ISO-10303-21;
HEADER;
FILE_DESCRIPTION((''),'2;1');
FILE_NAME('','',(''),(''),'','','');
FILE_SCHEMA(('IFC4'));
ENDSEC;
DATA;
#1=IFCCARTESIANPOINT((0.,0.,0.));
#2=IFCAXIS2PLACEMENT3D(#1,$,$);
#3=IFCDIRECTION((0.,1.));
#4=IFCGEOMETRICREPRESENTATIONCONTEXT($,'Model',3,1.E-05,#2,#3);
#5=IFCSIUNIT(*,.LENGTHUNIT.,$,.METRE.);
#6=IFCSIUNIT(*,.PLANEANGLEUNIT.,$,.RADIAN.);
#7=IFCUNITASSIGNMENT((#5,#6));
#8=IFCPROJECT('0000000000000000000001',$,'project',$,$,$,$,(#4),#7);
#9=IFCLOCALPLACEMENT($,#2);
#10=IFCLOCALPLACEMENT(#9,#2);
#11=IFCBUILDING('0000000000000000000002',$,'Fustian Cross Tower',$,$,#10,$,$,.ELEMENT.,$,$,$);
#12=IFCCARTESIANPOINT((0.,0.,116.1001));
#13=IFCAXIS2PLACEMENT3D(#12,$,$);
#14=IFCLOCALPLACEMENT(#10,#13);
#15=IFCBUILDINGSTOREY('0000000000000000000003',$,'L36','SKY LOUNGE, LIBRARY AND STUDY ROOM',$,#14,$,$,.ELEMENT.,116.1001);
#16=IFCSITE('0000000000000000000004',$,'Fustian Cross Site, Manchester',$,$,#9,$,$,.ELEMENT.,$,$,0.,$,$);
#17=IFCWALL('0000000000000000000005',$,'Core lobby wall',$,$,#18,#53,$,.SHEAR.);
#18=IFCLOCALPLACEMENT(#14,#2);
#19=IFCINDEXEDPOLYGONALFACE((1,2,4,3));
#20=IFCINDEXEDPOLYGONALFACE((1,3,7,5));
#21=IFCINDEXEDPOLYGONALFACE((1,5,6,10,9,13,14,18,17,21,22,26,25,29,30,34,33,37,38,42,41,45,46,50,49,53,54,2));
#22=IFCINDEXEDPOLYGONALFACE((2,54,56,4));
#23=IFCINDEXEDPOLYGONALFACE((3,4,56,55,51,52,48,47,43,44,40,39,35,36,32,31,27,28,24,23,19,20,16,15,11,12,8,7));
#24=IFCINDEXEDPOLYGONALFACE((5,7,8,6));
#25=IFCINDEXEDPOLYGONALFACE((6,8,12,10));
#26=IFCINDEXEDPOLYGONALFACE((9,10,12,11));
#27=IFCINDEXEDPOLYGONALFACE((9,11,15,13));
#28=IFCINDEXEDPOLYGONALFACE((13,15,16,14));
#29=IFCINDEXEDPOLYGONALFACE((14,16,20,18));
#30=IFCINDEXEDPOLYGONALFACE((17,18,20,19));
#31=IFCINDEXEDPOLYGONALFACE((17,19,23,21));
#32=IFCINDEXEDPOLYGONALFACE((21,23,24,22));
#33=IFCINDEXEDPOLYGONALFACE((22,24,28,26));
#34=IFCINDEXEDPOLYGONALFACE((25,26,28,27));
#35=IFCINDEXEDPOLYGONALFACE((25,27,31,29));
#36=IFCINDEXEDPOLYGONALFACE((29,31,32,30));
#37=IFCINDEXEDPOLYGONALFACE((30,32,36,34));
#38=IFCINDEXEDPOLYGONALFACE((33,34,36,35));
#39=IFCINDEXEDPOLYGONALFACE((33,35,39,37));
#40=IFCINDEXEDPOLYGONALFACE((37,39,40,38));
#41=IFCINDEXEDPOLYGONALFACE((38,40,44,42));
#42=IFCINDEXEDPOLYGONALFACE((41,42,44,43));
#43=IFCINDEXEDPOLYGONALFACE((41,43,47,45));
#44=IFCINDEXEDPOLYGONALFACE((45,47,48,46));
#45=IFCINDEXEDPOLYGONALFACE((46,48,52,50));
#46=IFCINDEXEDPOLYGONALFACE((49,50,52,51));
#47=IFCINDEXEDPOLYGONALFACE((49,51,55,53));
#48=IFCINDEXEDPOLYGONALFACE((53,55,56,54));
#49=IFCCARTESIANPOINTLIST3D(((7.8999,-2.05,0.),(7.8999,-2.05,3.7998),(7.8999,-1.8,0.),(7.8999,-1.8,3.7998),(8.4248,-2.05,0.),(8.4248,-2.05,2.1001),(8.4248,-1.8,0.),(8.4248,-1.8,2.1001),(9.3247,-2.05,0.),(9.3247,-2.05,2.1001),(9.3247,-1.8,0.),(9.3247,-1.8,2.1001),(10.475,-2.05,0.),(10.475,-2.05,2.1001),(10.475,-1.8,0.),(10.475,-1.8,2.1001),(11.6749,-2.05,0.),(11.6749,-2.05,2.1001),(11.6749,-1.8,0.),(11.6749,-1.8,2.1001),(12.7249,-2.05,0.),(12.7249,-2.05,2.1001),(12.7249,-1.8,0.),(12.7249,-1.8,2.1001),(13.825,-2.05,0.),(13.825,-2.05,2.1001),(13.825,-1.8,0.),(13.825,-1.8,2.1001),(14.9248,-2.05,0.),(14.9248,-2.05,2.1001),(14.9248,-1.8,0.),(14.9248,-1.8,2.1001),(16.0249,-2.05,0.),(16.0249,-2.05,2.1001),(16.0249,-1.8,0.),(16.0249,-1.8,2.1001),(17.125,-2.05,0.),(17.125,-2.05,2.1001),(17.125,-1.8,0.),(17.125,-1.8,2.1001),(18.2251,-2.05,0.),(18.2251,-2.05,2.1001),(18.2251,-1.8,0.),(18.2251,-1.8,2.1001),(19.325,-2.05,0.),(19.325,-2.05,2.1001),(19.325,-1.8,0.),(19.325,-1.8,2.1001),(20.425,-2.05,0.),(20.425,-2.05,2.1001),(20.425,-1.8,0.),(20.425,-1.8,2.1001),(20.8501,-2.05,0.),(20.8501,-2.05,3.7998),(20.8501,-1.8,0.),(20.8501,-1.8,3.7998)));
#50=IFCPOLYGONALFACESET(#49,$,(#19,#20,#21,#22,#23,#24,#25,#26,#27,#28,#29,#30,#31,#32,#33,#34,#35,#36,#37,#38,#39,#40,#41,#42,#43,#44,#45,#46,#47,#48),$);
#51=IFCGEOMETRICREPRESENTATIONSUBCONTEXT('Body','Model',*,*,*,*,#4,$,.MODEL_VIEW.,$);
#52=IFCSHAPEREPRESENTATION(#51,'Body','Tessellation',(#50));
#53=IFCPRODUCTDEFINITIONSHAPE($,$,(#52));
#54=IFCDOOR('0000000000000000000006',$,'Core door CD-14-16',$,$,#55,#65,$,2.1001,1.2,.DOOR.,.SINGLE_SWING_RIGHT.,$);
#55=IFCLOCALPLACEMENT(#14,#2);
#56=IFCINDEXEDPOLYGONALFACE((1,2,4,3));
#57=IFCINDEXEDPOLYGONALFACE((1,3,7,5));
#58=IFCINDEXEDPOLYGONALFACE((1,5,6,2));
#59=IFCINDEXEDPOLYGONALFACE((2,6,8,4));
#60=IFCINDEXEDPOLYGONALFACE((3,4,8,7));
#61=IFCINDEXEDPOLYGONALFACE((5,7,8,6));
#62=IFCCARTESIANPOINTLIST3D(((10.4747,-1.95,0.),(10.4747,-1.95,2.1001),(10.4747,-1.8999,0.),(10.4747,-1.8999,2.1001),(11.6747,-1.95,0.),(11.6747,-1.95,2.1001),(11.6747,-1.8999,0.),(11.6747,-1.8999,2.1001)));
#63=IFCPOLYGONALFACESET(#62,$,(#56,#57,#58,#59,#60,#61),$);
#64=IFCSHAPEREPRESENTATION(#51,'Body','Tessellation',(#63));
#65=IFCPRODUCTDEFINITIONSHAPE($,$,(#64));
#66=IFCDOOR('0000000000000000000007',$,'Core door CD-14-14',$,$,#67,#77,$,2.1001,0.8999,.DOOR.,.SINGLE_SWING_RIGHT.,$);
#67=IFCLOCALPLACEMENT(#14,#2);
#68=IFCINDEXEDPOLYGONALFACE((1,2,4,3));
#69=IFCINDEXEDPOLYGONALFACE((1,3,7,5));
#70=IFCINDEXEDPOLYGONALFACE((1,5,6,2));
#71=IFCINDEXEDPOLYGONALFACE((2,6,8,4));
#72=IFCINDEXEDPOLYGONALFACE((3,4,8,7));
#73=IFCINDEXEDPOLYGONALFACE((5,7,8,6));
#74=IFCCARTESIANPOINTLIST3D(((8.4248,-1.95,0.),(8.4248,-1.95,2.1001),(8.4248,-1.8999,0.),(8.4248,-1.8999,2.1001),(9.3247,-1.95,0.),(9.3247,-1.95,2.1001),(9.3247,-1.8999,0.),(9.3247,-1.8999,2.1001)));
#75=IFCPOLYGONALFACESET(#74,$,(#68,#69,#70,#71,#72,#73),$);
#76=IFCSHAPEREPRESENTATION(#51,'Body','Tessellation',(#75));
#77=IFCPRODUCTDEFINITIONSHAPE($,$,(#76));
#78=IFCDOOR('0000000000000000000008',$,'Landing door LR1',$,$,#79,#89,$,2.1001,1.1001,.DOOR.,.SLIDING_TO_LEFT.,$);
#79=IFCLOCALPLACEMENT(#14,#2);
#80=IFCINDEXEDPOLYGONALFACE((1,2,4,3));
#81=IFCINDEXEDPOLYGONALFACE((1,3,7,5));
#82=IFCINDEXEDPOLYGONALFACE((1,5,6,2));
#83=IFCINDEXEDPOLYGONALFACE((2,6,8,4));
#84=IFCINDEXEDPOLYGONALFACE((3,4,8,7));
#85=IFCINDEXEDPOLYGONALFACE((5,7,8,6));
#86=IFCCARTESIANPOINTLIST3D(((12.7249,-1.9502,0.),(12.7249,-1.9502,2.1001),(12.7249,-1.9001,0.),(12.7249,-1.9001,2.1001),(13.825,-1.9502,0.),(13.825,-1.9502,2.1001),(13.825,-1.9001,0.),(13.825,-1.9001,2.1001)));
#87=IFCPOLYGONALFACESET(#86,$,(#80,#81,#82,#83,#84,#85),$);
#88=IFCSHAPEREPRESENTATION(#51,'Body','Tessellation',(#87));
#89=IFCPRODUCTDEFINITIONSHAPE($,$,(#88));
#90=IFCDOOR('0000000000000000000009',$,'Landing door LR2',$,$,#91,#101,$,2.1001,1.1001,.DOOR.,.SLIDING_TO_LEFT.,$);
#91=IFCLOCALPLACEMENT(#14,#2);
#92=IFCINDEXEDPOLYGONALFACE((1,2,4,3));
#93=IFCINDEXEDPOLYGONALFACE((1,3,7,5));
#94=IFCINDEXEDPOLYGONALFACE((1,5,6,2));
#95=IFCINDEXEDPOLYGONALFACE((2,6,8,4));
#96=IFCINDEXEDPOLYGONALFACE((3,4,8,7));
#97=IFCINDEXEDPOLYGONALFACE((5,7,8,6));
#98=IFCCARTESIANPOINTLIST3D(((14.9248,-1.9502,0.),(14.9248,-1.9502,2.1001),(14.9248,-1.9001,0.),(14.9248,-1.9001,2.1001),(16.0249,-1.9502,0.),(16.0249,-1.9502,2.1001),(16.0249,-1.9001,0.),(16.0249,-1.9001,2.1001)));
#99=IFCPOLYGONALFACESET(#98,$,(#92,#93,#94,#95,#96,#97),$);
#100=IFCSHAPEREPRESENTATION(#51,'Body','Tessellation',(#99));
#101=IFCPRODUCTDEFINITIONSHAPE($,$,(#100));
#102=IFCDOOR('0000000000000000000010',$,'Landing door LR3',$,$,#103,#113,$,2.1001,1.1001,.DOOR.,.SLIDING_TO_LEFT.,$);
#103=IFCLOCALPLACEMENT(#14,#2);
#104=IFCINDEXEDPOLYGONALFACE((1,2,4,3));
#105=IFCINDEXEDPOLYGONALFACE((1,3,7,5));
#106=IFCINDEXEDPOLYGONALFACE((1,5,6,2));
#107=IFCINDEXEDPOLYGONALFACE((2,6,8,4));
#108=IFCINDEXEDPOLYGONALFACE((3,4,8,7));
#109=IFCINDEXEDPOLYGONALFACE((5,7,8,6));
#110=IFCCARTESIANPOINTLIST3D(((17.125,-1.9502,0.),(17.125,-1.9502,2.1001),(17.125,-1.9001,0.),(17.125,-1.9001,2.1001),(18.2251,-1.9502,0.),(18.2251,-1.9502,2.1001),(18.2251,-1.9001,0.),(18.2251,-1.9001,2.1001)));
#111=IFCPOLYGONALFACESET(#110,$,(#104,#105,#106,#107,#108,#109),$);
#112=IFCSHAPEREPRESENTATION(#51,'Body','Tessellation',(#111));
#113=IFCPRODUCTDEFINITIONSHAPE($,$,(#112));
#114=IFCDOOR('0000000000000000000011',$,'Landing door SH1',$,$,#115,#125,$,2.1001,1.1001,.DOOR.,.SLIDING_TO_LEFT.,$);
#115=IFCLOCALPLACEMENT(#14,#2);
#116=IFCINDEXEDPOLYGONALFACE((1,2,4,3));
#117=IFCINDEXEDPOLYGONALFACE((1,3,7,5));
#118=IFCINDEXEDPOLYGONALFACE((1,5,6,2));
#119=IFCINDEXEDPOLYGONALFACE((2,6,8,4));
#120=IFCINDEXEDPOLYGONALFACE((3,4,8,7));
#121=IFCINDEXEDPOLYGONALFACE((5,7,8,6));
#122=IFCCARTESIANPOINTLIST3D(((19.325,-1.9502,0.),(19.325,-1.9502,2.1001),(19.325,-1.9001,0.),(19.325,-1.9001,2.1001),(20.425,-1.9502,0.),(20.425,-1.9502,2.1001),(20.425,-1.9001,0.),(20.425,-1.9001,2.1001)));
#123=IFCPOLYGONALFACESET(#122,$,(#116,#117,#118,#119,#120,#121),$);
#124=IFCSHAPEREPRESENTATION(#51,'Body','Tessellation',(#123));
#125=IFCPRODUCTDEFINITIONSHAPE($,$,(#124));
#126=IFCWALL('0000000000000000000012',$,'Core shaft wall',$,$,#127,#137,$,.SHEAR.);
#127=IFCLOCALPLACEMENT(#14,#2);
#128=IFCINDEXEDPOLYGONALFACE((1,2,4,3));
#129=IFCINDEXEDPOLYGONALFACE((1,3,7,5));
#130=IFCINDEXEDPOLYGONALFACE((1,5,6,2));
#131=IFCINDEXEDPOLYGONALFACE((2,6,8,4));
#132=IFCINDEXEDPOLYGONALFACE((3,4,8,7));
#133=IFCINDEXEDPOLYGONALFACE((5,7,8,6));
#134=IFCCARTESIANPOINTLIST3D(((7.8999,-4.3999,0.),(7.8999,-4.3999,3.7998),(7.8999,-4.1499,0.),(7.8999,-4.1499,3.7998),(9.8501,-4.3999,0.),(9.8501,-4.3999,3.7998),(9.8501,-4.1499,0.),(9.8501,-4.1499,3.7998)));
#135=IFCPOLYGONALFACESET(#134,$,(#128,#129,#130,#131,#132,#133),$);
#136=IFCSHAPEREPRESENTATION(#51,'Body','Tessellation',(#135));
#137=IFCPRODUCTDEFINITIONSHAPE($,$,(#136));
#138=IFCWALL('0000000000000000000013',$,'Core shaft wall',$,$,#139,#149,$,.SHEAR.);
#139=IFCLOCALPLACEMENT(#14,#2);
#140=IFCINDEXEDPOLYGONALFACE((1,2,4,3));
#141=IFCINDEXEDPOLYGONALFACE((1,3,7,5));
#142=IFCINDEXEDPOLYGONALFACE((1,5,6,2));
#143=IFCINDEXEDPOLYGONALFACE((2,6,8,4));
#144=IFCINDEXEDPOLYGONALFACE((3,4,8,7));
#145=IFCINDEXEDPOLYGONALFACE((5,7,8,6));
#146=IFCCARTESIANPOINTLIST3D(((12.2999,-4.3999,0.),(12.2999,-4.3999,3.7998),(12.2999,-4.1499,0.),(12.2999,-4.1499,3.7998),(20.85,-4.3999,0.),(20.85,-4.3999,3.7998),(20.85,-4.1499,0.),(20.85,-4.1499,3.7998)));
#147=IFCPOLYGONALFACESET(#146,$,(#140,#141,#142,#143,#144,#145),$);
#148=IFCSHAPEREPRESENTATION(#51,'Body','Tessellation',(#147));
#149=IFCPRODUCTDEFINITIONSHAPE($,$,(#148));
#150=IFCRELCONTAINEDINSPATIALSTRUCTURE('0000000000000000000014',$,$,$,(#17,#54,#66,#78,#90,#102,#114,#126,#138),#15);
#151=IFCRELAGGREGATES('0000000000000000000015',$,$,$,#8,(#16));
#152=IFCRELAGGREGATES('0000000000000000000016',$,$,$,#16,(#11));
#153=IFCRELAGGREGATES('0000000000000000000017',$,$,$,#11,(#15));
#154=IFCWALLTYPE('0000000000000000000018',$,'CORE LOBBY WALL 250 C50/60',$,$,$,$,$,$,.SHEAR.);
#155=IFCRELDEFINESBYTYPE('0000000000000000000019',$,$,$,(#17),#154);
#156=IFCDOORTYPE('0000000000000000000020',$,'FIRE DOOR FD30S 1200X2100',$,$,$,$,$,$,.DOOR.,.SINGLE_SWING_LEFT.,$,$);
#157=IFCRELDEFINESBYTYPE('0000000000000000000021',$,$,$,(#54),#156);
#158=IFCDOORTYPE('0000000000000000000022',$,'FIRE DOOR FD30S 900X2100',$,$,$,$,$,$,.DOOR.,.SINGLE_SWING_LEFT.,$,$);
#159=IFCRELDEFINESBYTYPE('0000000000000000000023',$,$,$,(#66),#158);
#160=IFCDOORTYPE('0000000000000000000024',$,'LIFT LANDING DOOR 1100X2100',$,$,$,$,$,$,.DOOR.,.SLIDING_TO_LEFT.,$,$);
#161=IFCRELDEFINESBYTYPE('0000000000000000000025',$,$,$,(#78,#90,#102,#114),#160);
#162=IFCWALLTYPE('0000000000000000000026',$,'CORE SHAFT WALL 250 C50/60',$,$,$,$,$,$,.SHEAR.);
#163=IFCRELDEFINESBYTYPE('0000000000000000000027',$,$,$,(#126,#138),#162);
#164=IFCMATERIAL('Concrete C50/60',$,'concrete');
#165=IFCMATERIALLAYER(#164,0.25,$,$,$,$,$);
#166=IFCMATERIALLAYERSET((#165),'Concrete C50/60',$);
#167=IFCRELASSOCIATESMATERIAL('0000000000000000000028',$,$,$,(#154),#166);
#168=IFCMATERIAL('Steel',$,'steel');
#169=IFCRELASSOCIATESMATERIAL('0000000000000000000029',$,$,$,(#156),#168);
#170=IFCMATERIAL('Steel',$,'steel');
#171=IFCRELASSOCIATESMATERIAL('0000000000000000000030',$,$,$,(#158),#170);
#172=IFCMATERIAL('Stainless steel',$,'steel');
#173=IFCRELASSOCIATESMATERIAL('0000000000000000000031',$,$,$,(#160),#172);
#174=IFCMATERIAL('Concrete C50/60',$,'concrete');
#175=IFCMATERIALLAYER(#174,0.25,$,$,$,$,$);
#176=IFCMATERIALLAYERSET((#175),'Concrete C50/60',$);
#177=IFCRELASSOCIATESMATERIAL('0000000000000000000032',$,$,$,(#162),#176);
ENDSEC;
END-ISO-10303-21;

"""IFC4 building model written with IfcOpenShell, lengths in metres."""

from ifc_helpers import new_model, si_unit, direction, frame, frame_2d, origin, place, context, subcontext, project, spatial, rectangle, extrude, material, layer, layer_set, type_object, element, fill, save


model = new_model("IFC4")

# Units and contexts
model_context = context("Model", 3, precision=1e-05, world=origin(), true_north=direction((0.0, 1.0)))
body_context = subcontext(model_context, "Body", "Model", "MODEL_VIEW")
ifc_project = project(units=[si_unit("LENGTHUNIT", "METRE"), si_unit("PLANEANGLEUNIT", "RADIAN")], contexts=[model_context])

# Site, building, storey
site_placement = place(None, origin())
site = spatial("IfcSite", under=ifc_project, at=site_placement, Name="Fustian Cross Site, Manchester", CompositionType="ELEMENT", RefElevation=0.0)
building_placement = place(site_placement, origin())
building = spatial("IfcBuilding", under=site, at=building_placement, Name="Fustian Cross Tower", CompositionType="ELEMENT")
storey_placement = place(building_placement, frame((0.0, 0.0, 116.1001)))
storey = spatial("IfcBuildingStorey", under=building, at=storey_placement, Name="L36", Description="SKY LOUNGE, LIBRARY AND STUDY ROOM", CompositionType="ELEMENT", Elevation=116.1001)

# Wall, openings, doors
ifc_material_1 = material(Name="Concrete C50/60", Category="concrete")
ifc_layer_1 = layer(ifc_material_1, 0.25)
ifc_layer_set_1 = layer_set([ifc_layer_1], Name="Concrete C50/60")
wall_type_1 = type_object("IfcWallType", Name="CORE LOBBY WALL 250 C50/60", PredefinedType="SHEAR", material=ifc_layer_set_1)
wall_1_placement = place(storey_placement, frame((7.8999, -1.925, 0.0), z_axis=(0.0, 0.0, 1.0), x_axis=(1.0, 0.0, 0.0)))
wall_1 = element("IfcWall", 1, at=wall_1_placement, inside=storey, type_object=wall_type_1, Name="Core lobby wall", PredefinedType="SHEAR", context=body_context, shape_type="SweptSolid", body=[
    extrude(rectangle(XDim=12.9502, YDim=0.25, at=frame_2d((6.4751, 0.0))), origin(), (0.0, 0.0, 1.0), 3.7998),
])
opening_1_placement = place(wall_1_placement, frame((4.825, 0.0, 0.0)))
opening_1 = element("IfcOpeningElement", 2, at=opening_1_placement, cuts=wall_1, PredefinedType="OPENING", context=body_context, shape_type="SweptSolid", body=[
    extrude(rectangle(XDim=1.1001, YDim=2.1001, at=frame_2d((0.55, 1.05))), frame((0.0, 0.135, 0.0), z_axis=(0.0, -1.0, 0.0), x_axis=(1.0, 0.0, 0.0)), (0.0, 0.0, 1.0), 0.27),
])
opening_2_placement = place(wall_1_placement, frame((7.0249, 0.0, 0.0)))
opening_2 = element("IfcOpeningElement", 3, at=opening_2_placement, cuts=wall_1, PredefinedType="OPENING", context=body_context, shape_type="SweptSolid", body=[
    extrude(rectangle(XDim=1.1001, YDim=2.1001, at=frame_2d((0.55, 1.05))), frame((0.0, 0.135, 0.0), z_axis=(0.0, -1.0, 0.0), x_axis=(1.0, 0.0, 0.0)), (0.0, 0.0, 1.0), 0.27),
])
opening_3_placement = place(wall_1_placement, frame((9.2251, 0.0, 0.0)))
opening_3 = element("IfcOpeningElement", 4, at=opening_3_placement, cuts=wall_1, PredefinedType="OPENING", context=body_context, shape_type="SweptSolid", body=[
    extrude(rectangle(XDim=1.1001, YDim=2.1001, at=frame_2d((0.55, 1.05))), frame((0.0, 0.135, 0.0), z_axis=(0.0, -1.0, 0.0), x_axis=(1.0, 0.0, 0.0)), (0.0, 0.0, 1.0), 0.27),
])
opening_4_placement = place(wall_1_placement, frame((11.425, 0.0, 0.0)))
opening_4 = element("IfcOpeningElement", 5, at=opening_4_placement, cuts=wall_1, PredefinedType="OPENING", context=body_context, shape_type="SweptSolid", body=[
    extrude(rectangle(XDim=1.1001, YDim=2.1001, at=frame_2d((0.55, 1.05))), frame((0.0, 0.135, 0.0), z_axis=(0.0, -1.0, 0.0), x_axis=(1.0, 0.0, 0.0)), (0.0, 0.0, 1.0), 0.27),
])
opening_5_placement = place(wall_1_placement, frame((0.5249, 0.0, 0.0)))
opening_5 = element("IfcOpeningElement", 6, at=opening_5_placement, cuts=wall_1, PredefinedType="OPENING", context=body_context, shape_type="SweptSolid", body=[
    extrude(rectangle(XDim=0.8999, YDim=2.1001, at=frame_2d((0.45, 1.05))), frame((0.0, 0.135, 0.0), z_axis=(0.0, -1.0, 0.0), x_axis=(1.0, 0.0, 0.0)), (0.0, 0.0, 1.0), 0.27),
])
opening_6_placement = place(wall_1_placement, frame((2.575, 0.0, 0.0)))
opening_6 = element("IfcOpeningElement", 7, at=opening_6_placement, cuts=wall_1, PredefinedType="OPENING", context=body_context, shape_type="SweptSolid", body=[
    extrude(rectangle(XDim=1.2, YDim=2.1001, at=frame_2d((0.6001, 1.05))), frame((0.0, 0.135, 0.0), z_axis=(0.0, -1.0, 0.0), x_axis=(1.0, 0.0, 0.0)), (0.0, 0.0, 1.0), 0.27),
])
ifc_material_2 = material(Name="Steel", Category="steel")
door_type_1 = type_object("IfcDoorType", Name="FIRE DOOR FD30S 1200X2100", OperationType="SINGLE_SWING_LEFT", PredefinedType="DOOR", material=ifc_material_2)
door_1_placement = place(opening_6_placement, frame((1.2, 0.0, 0.0), z_axis=(0.0, 0.0, 1.0), x_axis=(-1.0, 0.0, 0.0)))
door_1 = element("IfcDoor", 8, at=door_1_placement, inside=storey, type_object=door_type_1, Name="Core door CD-14-16", OperationType="SINGLE_SWING_RIGHT", OverallHeight=2.1001, OverallWidth=1.2, PredefinedType="DOOR", context=body_context, shape_type="SweptSolid", body=[
    extrude(rectangle(XDim=1.2, YDim=2.1001, at=frame_2d((0.6001, 1.05))), frame((0.0, 0.0249, 0.0), z_axis=(0.0, -1.0, 0.0), x_axis=(1.0, 0.0, 0.0)), (0.0, 0.0, 1.0), 0.05),
])
fill(opening_6, door_1)
ifc_material_3 = material(Name="Steel", Category="steel")
door_type_2 = type_object("IfcDoorType", Name="FIRE DOOR FD30S 900X2100", OperationType="SINGLE_SWING_LEFT", PredefinedType="DOOR", material=ifc_material_3)
door_2_placement = place(opening_5_placement, frame((0.8999, 0.0, 0.0), z_axis=(0.0, 0.0, 1.0), x_axis=(-1.0, 0.0, 0.0)))
door_2 = element("IfcDoor", 9, at=door_2_placement, inside=storey, type_object=door_type_2, Name="Core door CD-14-14", OperationType="SINGLE_SWING_RIGHT", OverallHeight=2.1001, OverallWidth=0.8999, PredefinedType="DOOR", context=body_context, shape_type="SweptSolid", body=[
    extrude(rectangle(XDim=0.8999, YDim=2.1001, at=frame_2d((0.45, 1.05))), frame((0.0, 0.0249, 0.0), z_axis=(0.0, -1.0, 0.0), x_axis=(1.0, 0.0, 0.0)), (0.0, 0.0, 1.0), 0.05),
])
fill(opening_5, door_2)
ifc_material_4 = material(Name="Stainless steel", Category="steel")
door_type_3 = type_object("IfcDoorType", Name="LIFT LANDING DOOR 1100X2100", OperationType="SLIDING_TO_LEFT", PredefinedType="DOOR", material=ifc_material_4)
door_3_placement = place(opening_1_placement, origin())
door_3 = element("IfcDoor", 10, at=door_3_placement, inside=storey, type_object=door_type_3, Name="Landing door LR1", OperationType="SLIDING_TO_LEFT", OverallHeight=2.1001, OverallWidth=1.1001, PredefinedType="DOOR", context=body_context, shape_type="SweptSolid", body=[
    extrude(rectangle(XDim=1.1001, YDim=2.1001, at=frame_2d((0.55, 1.05))), frame((0.0, 0.0249, 0.0), z_axis=(0.0, -1.0, 0.0), x_axis=(1.0, 0.0, 0.0)), (0.0, 0.0, 1.0), 0.05),
])
fill(opening_1, door_3)
door_4_placement = place(opening_2_placement, origin())
door_4 = element("IfcDoor", 11, at=door_4_placement, inside=storey, type_object=door_type_3, Name="Landing door LR2", OperationType="SLIDING_TO_LEFT", OverallHeight=2.1001, OverallWidth=1.1001, PredefinedType="DOOR", context=body_context, shape_type="SweptSolid", body=[
    extrude(rectangle(XDim=1.1001, YDim=2.1001, at=frame_2d((0.55, 1.05))), frame((0.0, 0.0249, 0.0), z_axis=(0.0, -1.0, 0.0), x_axis=(1.0, 0.0, 0.0)), (0.0, 0.0, 1.0), 0.05),
])
fill(opening_2, door_4)
door_5_placement = place(opening_3_placement, origin())
door_5 = element("IfcDoor", 12, at=door_5_placement, inside=storey, type_object=door_type_3, Name="Landing door LR3", OperationType="SLIDING_TO_LEFT", OverallHeight=2.1001, OverallWidth=1.1001, PredefinedType="DOOR", context=body_context, shape_type="SweptSolid", body=[
    extrude(rectangle(XDim=1.1001, YDim=2.1001, at=frame_2d((0.55, 1.05))), frame((0.0, 0.0249, 0.0), z_axis=(0.0, -1.0, 0.0), x_axis=(1.0, 0.0, 0.0)), (0.0, 0.0, 1.0), 0.05),
])
fill(opening_3, door_5)
door_6_placement = place(opening_4_placement, origin())
door_6 = element("IfcDoor", 13, at=door_6_placement, inside=storey, type_object=door_type_3, Name="Landing door SH1", OperationType="SLIDING_TO_LEFT", OverallHeight=2.1001, OverallWidth=1.1001, PredefinedType="DOOR", context=body_context, shape_type="SweptSolid", body=[
    extrude(rectangle(XDim=1.1001, YDim=2.1001, at=frame_2d((0.55, 1.05))), frame((0.0, 0.0249, 0.0), z_axis=(0.0, -1.0, 0.0), x_axis=(1.0, 0.0, 0.0)), (0.0, 0.0, 1.0), 0.05),
])
fill(opening_4, door_6)

# Walls
ifc_material_5 = material(Name="Concrete C50/60", Category="concrete")
ifc_layer_2 = layer(ifc_material_5, 0.25)
ifc_layer_set_2 = layer_set([ifc_layer_2], Name="Concrete C50/60")
wall_type_2 = type_object("IfcWallType", Name="CORE SHAFT WALL 250 C50/60", PredefinedType="SHEAR", material=ifc_layer_set_2)
wall_2_placement = place(storey_placement, frame((7.8999, -4.2749, 0.0), z_axis=(0.0, 0.0, 1.0), x_axis=(1.0, 0.0, 0.0)))
element("IfcWall", 14, at=wall_2_placement, inside=storey, type_object=wall_type_2, Name="Core shaft wall", PredefinedType="SHEAR", context=body_context, shape_type="SweptSolid", body=[
    extrude(rectangle(XDim=1.9502, YDim=0.25, at=frame_2d((0.9751, 0.0))), origin(), (0.0, 0.0, 1.0), 3.7998),
])
wall_3_placement = place(storey_placement, frame((12.3, -4.2749, 0.0), z_axis=(0.0, 0.0, 1.0), x_axis=(1.0, 0.0, 0.0)))
element("IfcWall", 15, at=wall_3_placement, inside=storey, type_object=wall_type_2, Name="Core shaft wall", PredefinedType="SHEAR", context=body_context, shape_type="SweptSolid", body=[
    extrude(rectangle(XDim=8.55, YDim=0.25, at=frame_2d((4.2749, 0.0))), origin(), (0.0, 0.0, 1.0), 3.7998),
])

save(model, "model.ifc")
